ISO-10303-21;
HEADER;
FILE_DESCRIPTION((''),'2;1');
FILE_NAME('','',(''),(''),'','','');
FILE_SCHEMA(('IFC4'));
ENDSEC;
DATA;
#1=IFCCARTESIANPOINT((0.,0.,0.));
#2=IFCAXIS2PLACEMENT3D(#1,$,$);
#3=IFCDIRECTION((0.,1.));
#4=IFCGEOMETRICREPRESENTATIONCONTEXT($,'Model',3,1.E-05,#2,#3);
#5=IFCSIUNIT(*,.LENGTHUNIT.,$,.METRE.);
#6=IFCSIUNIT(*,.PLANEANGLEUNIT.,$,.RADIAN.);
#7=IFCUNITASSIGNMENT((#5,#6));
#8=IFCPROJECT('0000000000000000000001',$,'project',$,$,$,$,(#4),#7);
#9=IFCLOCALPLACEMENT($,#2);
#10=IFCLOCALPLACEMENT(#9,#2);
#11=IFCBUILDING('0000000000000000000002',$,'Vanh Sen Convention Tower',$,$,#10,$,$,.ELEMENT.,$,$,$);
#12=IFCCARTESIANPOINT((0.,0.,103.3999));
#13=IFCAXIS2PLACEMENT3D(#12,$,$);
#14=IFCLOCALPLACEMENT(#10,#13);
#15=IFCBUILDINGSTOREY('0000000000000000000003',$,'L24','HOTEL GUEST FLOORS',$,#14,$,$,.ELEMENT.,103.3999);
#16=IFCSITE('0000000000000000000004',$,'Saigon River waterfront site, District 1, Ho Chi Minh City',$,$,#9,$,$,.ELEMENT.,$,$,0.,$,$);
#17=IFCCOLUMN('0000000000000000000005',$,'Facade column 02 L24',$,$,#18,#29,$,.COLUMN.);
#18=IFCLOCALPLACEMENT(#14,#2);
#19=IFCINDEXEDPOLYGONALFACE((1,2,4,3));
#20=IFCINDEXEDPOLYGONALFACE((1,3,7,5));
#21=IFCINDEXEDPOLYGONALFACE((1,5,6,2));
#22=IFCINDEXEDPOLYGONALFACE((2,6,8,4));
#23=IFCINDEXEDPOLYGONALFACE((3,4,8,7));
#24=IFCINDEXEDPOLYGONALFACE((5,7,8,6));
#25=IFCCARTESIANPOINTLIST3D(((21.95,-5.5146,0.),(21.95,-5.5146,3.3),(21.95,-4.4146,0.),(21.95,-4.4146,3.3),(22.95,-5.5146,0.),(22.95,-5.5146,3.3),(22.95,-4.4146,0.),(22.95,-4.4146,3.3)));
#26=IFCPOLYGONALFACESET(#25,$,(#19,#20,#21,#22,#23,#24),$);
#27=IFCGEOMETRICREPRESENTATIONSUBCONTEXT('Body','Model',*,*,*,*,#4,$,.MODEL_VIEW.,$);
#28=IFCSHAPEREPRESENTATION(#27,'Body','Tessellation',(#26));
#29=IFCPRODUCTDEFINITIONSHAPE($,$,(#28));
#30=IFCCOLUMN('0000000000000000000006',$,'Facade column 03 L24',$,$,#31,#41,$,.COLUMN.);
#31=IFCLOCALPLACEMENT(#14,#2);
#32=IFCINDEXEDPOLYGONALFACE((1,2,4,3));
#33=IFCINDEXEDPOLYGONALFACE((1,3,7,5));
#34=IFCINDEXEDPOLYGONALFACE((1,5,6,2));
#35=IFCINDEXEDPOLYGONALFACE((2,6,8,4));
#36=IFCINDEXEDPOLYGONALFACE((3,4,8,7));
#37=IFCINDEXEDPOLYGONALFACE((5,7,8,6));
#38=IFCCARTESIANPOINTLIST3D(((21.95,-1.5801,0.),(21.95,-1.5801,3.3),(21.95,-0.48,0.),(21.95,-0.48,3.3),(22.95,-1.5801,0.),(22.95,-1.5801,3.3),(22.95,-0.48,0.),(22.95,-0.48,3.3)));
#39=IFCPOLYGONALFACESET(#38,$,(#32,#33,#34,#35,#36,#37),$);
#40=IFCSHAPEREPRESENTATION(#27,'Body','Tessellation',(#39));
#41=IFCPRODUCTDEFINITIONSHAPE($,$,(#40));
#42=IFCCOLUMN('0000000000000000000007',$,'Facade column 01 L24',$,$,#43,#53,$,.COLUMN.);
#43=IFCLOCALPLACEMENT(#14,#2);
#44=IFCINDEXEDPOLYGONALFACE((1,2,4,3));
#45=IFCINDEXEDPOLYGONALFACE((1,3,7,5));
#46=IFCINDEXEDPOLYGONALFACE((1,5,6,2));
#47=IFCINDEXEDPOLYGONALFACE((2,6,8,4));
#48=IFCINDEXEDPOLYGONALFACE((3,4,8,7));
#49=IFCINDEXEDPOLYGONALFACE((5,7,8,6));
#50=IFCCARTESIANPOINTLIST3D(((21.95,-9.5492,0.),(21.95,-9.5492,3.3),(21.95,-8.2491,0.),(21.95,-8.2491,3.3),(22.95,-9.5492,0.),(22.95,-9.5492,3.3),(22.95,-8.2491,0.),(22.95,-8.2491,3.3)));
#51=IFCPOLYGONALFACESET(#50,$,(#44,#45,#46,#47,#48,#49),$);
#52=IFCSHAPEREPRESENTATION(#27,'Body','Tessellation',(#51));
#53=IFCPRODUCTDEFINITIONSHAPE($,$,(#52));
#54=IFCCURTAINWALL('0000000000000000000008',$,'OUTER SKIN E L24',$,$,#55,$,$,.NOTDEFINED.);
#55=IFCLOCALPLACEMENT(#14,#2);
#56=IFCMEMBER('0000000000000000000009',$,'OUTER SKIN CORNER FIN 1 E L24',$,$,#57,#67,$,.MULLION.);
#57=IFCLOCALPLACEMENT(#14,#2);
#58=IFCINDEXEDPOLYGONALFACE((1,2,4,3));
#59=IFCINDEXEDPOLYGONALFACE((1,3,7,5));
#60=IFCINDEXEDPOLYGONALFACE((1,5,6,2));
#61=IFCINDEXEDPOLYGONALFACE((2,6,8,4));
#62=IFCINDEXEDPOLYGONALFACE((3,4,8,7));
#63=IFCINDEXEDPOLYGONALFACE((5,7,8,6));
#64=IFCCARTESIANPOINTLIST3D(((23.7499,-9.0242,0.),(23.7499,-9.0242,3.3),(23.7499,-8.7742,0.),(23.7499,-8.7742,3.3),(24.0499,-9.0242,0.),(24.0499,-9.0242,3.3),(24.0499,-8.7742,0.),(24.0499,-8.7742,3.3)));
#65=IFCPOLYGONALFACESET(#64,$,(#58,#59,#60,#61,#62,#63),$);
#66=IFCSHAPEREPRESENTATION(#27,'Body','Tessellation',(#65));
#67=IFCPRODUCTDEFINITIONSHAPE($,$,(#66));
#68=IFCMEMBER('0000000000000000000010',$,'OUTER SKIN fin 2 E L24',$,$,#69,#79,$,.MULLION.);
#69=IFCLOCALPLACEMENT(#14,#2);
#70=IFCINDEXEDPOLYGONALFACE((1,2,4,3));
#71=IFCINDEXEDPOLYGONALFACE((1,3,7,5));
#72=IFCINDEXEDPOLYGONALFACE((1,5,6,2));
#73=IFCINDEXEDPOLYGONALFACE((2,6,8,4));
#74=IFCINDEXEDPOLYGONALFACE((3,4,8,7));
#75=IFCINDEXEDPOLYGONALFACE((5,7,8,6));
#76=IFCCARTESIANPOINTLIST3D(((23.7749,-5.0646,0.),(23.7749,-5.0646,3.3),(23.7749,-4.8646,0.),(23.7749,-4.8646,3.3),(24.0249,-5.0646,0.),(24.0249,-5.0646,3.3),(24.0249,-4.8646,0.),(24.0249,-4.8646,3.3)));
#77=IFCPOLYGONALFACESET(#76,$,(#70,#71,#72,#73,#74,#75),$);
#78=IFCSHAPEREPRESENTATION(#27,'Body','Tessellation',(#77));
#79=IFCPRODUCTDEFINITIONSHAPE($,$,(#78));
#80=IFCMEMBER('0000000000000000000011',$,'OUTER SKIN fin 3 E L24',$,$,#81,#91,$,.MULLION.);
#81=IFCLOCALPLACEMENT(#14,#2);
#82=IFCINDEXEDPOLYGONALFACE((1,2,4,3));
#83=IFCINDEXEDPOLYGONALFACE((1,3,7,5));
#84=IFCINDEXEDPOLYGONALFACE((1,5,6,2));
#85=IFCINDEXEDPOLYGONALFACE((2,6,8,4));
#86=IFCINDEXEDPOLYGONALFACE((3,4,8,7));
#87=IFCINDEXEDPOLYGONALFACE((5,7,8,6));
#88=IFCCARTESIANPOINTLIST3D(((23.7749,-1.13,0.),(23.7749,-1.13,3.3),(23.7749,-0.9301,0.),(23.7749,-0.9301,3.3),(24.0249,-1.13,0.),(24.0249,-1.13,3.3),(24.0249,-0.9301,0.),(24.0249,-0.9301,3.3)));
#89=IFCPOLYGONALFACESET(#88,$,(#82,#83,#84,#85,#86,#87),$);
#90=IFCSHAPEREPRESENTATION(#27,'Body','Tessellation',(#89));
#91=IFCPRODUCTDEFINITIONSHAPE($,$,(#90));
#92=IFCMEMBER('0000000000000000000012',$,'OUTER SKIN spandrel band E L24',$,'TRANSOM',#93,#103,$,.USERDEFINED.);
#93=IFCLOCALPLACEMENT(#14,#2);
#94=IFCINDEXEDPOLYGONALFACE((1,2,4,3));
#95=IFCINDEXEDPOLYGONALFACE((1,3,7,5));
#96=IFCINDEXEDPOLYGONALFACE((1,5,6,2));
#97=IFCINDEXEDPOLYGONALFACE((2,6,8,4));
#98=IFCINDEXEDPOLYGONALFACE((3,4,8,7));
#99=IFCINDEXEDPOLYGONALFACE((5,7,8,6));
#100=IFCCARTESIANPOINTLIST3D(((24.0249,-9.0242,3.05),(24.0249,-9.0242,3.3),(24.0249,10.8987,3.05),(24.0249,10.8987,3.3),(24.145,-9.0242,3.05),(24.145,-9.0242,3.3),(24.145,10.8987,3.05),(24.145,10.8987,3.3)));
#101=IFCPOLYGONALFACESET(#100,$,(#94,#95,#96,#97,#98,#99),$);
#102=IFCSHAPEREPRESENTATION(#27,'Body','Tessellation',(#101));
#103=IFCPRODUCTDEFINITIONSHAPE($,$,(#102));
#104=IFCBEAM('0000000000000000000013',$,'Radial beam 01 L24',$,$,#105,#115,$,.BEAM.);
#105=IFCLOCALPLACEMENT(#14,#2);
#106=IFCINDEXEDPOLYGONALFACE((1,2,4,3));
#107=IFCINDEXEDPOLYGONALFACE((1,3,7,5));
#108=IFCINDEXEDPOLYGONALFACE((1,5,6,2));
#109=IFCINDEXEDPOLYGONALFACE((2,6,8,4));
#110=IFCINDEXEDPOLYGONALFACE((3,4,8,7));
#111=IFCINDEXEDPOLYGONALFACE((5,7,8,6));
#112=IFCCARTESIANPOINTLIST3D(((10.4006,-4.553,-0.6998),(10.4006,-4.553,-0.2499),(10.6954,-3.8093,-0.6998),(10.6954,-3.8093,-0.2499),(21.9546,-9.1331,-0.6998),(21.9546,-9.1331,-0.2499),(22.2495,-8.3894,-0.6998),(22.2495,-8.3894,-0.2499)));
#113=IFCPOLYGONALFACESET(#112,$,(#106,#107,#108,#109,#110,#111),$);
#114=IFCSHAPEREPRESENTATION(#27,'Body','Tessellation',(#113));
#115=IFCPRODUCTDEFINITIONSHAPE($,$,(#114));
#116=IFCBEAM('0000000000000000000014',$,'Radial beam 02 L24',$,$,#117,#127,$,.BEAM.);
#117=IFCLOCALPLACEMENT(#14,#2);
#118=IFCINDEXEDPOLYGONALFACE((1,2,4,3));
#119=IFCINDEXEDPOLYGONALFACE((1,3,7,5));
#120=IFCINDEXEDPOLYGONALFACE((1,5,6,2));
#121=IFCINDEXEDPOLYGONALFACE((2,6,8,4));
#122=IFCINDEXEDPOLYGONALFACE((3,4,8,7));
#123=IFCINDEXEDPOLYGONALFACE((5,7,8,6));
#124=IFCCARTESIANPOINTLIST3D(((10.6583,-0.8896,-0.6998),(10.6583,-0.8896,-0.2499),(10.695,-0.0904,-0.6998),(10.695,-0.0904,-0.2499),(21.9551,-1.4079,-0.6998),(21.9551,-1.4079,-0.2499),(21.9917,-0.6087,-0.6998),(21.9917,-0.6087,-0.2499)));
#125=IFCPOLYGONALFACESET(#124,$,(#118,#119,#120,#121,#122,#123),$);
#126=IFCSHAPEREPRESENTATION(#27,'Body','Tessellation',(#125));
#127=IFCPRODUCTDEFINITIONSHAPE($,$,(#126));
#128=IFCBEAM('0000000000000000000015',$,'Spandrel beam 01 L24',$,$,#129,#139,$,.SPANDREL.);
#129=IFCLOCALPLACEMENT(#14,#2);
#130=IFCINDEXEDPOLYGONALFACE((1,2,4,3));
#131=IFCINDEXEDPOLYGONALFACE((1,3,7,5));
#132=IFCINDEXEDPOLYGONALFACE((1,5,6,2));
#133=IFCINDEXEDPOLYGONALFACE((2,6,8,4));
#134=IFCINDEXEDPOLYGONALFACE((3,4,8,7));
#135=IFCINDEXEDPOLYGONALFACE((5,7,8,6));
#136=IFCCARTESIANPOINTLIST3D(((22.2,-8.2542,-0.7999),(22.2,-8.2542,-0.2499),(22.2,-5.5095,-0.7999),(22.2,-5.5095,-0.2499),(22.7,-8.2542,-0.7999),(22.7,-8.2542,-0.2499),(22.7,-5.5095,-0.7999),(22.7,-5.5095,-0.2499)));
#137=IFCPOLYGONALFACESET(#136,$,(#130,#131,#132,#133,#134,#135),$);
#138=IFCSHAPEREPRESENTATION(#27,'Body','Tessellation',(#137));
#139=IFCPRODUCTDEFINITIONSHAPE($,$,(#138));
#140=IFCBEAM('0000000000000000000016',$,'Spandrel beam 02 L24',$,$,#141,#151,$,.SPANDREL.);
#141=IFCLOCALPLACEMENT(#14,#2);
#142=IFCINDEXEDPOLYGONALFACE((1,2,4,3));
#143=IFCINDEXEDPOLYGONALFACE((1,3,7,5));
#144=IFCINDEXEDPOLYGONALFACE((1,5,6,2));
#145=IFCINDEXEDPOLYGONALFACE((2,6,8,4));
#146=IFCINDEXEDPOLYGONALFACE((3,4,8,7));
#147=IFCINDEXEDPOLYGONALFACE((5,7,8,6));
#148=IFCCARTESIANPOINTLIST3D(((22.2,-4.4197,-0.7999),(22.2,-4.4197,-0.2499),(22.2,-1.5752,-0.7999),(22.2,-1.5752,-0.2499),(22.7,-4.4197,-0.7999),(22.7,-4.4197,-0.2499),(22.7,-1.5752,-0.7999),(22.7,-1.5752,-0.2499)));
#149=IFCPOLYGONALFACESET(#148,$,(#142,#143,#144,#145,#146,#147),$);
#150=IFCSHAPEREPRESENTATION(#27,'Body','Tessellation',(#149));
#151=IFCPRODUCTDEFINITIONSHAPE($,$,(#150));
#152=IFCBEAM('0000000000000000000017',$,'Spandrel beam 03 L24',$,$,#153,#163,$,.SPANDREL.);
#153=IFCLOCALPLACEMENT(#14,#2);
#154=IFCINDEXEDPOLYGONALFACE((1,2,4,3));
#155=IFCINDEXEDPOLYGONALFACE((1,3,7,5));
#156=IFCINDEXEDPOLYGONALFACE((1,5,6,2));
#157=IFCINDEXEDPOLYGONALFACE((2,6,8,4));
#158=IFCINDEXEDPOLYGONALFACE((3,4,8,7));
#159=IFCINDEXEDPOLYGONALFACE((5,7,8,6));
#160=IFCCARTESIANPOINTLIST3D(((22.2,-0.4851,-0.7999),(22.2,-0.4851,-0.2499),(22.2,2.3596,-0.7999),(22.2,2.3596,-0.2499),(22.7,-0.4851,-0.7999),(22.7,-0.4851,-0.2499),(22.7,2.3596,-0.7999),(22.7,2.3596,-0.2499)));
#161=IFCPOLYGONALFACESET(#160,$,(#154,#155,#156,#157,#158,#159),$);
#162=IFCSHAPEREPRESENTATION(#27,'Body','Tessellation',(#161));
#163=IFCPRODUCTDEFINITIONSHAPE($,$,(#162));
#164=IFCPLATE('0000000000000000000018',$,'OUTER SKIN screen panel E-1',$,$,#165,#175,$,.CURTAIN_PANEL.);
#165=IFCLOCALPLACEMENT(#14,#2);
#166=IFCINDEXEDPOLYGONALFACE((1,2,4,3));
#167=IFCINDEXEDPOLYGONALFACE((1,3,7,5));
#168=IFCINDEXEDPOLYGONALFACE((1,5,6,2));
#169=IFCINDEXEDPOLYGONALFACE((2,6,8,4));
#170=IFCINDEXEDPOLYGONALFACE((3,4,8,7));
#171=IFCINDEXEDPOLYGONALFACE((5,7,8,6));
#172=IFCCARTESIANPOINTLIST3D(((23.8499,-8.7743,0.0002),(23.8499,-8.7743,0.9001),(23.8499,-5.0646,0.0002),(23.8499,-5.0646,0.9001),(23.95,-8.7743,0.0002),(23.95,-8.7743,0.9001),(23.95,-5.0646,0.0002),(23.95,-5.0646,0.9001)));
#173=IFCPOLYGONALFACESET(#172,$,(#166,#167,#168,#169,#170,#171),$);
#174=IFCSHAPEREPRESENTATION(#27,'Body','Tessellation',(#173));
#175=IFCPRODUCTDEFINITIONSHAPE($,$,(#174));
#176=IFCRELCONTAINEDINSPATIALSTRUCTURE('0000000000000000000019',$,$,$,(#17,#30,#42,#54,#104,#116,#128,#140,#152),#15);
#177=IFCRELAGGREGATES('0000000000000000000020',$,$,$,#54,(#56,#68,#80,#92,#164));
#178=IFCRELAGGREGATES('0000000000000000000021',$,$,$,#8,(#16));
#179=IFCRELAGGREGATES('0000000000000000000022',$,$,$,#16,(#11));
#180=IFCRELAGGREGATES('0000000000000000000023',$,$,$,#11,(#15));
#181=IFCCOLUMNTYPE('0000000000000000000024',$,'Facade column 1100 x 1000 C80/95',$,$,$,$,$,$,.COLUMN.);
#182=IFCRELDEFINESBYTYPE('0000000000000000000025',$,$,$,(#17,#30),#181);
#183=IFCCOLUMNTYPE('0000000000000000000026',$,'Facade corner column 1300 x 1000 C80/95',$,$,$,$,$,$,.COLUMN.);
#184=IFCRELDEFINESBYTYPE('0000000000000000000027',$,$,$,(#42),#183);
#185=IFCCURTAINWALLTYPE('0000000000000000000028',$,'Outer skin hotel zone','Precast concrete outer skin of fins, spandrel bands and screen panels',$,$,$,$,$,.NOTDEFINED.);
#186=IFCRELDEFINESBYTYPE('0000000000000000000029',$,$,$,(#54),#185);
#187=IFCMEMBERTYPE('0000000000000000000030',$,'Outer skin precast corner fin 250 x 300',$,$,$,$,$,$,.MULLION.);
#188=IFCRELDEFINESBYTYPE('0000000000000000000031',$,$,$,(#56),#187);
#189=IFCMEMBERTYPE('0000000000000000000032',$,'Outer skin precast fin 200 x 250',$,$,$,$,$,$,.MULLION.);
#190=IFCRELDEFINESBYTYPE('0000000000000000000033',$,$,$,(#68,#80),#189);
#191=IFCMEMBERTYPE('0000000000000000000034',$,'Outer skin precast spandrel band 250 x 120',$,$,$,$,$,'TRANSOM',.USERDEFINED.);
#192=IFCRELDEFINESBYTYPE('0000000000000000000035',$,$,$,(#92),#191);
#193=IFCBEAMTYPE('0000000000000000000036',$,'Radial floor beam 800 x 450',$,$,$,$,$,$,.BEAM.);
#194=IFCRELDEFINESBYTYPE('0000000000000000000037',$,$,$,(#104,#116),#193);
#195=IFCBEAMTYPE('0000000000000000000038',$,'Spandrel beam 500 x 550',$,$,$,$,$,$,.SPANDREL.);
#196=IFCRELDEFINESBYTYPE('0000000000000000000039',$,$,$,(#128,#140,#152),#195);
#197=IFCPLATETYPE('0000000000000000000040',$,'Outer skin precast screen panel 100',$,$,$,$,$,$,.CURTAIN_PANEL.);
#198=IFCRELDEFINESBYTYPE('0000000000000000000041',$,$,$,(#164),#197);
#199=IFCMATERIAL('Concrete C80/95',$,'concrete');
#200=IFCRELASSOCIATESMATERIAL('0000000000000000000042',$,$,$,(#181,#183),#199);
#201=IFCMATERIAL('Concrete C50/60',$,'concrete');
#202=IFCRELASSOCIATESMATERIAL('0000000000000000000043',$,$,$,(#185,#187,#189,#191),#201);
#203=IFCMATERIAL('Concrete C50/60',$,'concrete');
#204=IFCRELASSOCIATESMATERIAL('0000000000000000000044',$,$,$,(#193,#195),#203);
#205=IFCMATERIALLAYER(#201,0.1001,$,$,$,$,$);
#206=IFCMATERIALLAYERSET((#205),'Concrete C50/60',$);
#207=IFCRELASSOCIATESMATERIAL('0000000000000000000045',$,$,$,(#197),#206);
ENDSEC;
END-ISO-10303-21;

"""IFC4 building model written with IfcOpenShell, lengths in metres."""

from ifc_helpers import new_model, si_unit, direction, frame, origin, origin_2d, place, context, subcontext, project, spatial, rectangle, extrude, material, layer, layer_set, material_profile, profile_set, type_object, element, aggregate, save


model = new_model("IFC4")

# Units and contexts
model_context = context("Model", 3, precision=1e-05, world=origin(), true_north=direction((0.0, 1.0)))
body_context = subcontext(model_context, "Body", "Model", "MODEL_VIEW")
ifc_project = project(units=[si_unit("LENGTHUNIT", "METRE"), si_unit("PLANEANGLEUNIT", "RADIAN")], contexts=[model_context])

# Site, building, storey
site_placement = place(None, origin())
site = spatial("IfcSite", under=ifc_project, at=site_placement, Name="Saigon River waterfront site, District 1, Ho Chi Minh City", CompositionType="ELEMENT", RefElevation=0.0)
building_placement = place(site_placement, origin())
building = spatial("IfcBuilding", under=site, at=building_placement, Name="Vanh Sen Convention Tower", CompositionType="ELEMENT")
storey_placement = place(building_placement, frame((0.0, 0.0, 103.3999)))
storey = spatial("IfcBuildingStorey", under=building, at=storey_placement, Name="L24", Description="HOTEL GUEST FLOORS", CompositionType="ELEMENT", Elevation=103.3999)

# Columns
ifc_material_1 = material(Name="Concrete C80/95", Category="concrete")
ifc_material_profile_1 = material_profile(ifc_material_1, rectangle(XDim=1.1001, YDim=1.0, at=origin_2d()), Name="RC 1100X1000")
ifc_profile_set_1 = profile_set([ifc_material_profile_1], Name="Concrete C80/95")
column_type_1 = type_object("IfcColumnType", Name="Facade column 1100 x 1000 C80/95", PredefinedType="COLUMN", material=ifc_profile_set_1)
for number, where, z_axis, x_axis, name in (
    (1, (22.45, -4.9646, 0.0), (0.0, 0.0, 1.0), (0.0, 1.0, 0.0), "Facade column 02 L24"),
    (2, (22.45, -1.03, 0.0), (0.0, 0.0, 1.0), (0.0, 1.0, 0.0), "Facade column 03 L24"),
):
    element("IfcColumn", number, at=place(storey_placement, frame(where, z_axis=z_axis, x_axis=x_axis)), inside=storey, type_object=column_type_1, Name=name, PredefinedType="COLUMN", context=body_context, shape_type="SweptSolid", body=[
        extrude(rectangle(XDim=1.1001, YDim=1.0, at=origin_2d()), origin(), (0.0, 0.0, 1.0), 3.3),
    ])
ifc_material_profile_2 = material_profile(ifc_material_1, rectangle(XDim=1.3, YDim=1.0, at=origin_2d()), Name="RC 1300X1000")
ifc_profile_set_2 = profile_set([ifc_material_profile_2], Name="Concrete C80/95")
column_type_2 = type_object("IfcColumnType", Name="Facade corner column 1300 x 1000 C80/95", PredefinedType="COLUMN", material=ifc_profile_set_2)
column_placement = place(storey_placement, frame((22.45, -8.8992, 0.0), z_axis=(0.0, 0.0, 1.0), x_axis=(0.0, 1.0, 0.0)))
element("IfcColumn", 3, at=column_placement, inside=storey, type_object=column_type_2, Name="Facade column 01 L24", PredefinedType="COLUMN", context=body_context, shape_type="SweptSolid", body=[
    extrude(rectangle(XDim=1.3, YDim=1.0, at=origin_2d()), origin(), (0.0, 0.0, 1.0), 3.3),
])

# Curtain wall, members
ifc_material_2 = material(Name="Concrete C50/60", Category="concrete")
curtain_wall_type = type_object("IfcCurtainWallType", Name="Outer skin hotel zone", Description="Precast concrete outer skin of fins, spandrel bands and screen panels", PredefinedType="NOTDEFINED", material=ifc_material_2)
curtain_wall_placement = place(storey_placement, origin())
curtain_wall = element("IfcCurtainWall", 4, at=curtain_wall_placement, inside=storey, type_object=curtain_wall_type, Name="OUTER SKIN E L24", PredefinedType="NOTDEFINED")
ifc_material_profile_3 = material_profile(ifc_material_2, rectangle(XDim=0.25, YDim=0.3, at=origin_2d()), Name="Outer skin precast corner fin 250 x 300")
ifc_profile_set_3 = profile_set([ifc_material_profile_3], Name="Concrete C50/60")
member_type_1 = type_object("IfcMemberType", Name="Outer skin precast corner fin 250 x 300", PredefinedType="MULLION", material=ifc_profile_set_3)
member_1_placement = place(storey_placement, frame((23.8999, -8.8992, 0.0), z_axis=(0.0, 0.0, 1.0), x_axis=(0.0, 1.0, 0.0)))
member_1 = element("IfcMember", 5, at=member_1_placement, type_object=member_type_1, Name="OUTER SKIN CORNER FIN 1 E L24", PredefinedType="MULLION", context=body_context, shape_type="SweptSolid", body=[
    extrude(rectangle(XDim=0.25, YDim=0.3, at=origin_2d()), origin(), (0.0, 0.0, 1.0), 3.3),
])
ifc_material_profile_4 = material_profile(ifc_material_2, rectangle(XDim=0.2, YDim=0.25, at=origin_2d()), Name="Outer skin precast fin 200 x 250")
ifc_profile_set_4 = profile_set([ifc_material_profile_4], Name="Concrete C50/60")
member_type_2 = type_object("IfcMemberType", Name="Outer skin precast fin 200 x 250", PredefinedType="MULLION", material=ifc_profile_set_4)
member_2_placement = place(storey_placement, frame((23.8999, -4.9646, 0.0), z_axis=(0.0, 0.0, 1.0), x_axis=(0.0, 1.0, 0.0)))
member_2 = element("IfcMember", 6, at=member_2_placement, type_object=member_type_2, Name="OUTER SKIN fin 2 E L24", PredefinedType="MULLION", context=body_context, shape_type="SweptSolid", body=[
    extrude(rectangle(XDim=0.2, YDim=0.25, at=origin_2d()), origin(), (0.0, 0.0, 1.0), 3.3),
])
member_3_placement = place(storey_placement, frame((23.8999, -1.03, 0.0), z_axis=(0.0, 0.0, 1.0), x_axis=(0.0, 1.0, 0.0)))
member_3 = element("IfcMember", 7, at=member_3_placement, type_object=member_type_2, Name="OUTER SKIN fin 3 E L24", PredefinedType="MULLION", context=body_context, shape_type="SweptSolid", body=[
    extrude(rectangle(XDim=0.2, YDim=0.25, at=origin_2d()), origin(), (0.0, 0.0, 1.0), 3.3),
])
ifc_material_profile_5 = material_profile(ifc_material_2, rectangle(XDim=0.1201, YDim=0.25, at=origin_2d()), Name="Outer skin precast spandrel band 250 x 120")
ifc_profile_set_5 = profile_set([ifc_material_profile_5], Name="Concrete C50/60")
member_type_3 = type_object("IfcMemberType", Name="Outer skin precast spandrel band 250 x 120", ElementType="TRANSOM", PredefinedType="USERDEFINED", material=ifc_profile_set_5)
member_4_placement = place(storey_placement, frame((24.085, -9.0242, 3.175), z_axis=(0.0, 1.0, 0.0), x_axis=(-1.0, 0.0, 0.0)))
member_4 = element("IfcMember", 8, at=member_4_placement, type_object=member_type_3, Name="OUTER SKIN spandrel band E L24", ObjectType="TRANSOM", PredefinedType="USERDEFINED", context=body_context, shape_type="SweptSolid", body=[
    extrude(rectangle(XDim=0.1201, YDim=0.25, at=origin_2d()), origin(), (0.0, 0.0, 1.0), 19.9229),
])

# Beams
ifc_material_3 = material(Name="Concrete C50/60", Category="concrete")
ifc_material_profile_6 = material_profile(ifc_material_3, rectangle(XDim=0.8, YDim=0.45, at=origin_2d()), Name="RC 800X450")
ifc_profile_set_6 = profile_set([ifc_material_profile_6], Name="Concrete C50/60")
beam_type_1 = type_object("IfcBeamType", Name="Radial floor beam 800 x 450", PredefinedType="BEAM", material=ifc_profile_set_6)
beam_1_placement = place(storey_placement, frame((22.1021, -8.7612, -0.4749), z_axis=(-0.929624, 0.36851, 0.0), x_axis=(-0.36851, -0.929624, 0.0)))
element("IfcBeam", 9, at=beam_1_placement, inside=storey, type_object=beam_type_1, Name="Radial beam 01 L24", PredefinedType="BEAM", context=body_context, shape_type="SweptSolid", body=[
    extrude(rectangle(XDim=0.8, YDim=0.45, at=origin_2d()), origin(), (0.0, 0.0, 1.0), 12.4287),
])
beam_2_placement = place(storey_placement, frame((21.9734, -1.0083, -0.4749), z_axis=(-0.998949, 0.045834, 0.0), x_axis=(-0.045834, -0.998949, 0.0)))
element("IfcBeam", 10, at=beam_2_placement, inside=storey, type_object=beam_type_1, Name="Radial beam 02 L24", PredefinedType="BEAM", context=body_context, shape_type="SweptSolid", body=[
    extrude(rectangle(XDim=0.8, YDim=0.45, at=origin_2d()), origin(), (0.0, 0.0, 1.0), 11.3086),
])
ifc_material_profile_7 = material_profile(ifc_material_3, rectangle(XDim=0.5, YDim=0.55, at=origin_2d()), Name="RC 500X550")
ifc_profile_set_7 = profile_set([ifc_material_profile_7], Name="Concrete C50/60")
beam_type_2 = type_object("IfcBeamType", Name="Spandrel beam 500 x 550", PredefinedType="SPANDREL", material=ifc_profile_set_7)
beam_3_placement = place(storey_placement, frame((22.45, -8.2542, -0.5249), z_axis=(0.0, 1.0, 0.0), x_axis=(-1.0, 0.0, 0.0)))
element("IfcBeam", 11, at=beam_3_placement, inside=storey, type_object=beam_type_2, Name="Spandrel beam 01 L24", PredefinedType="SPANDREL", context=body_context, shape_type="SweptSolid", body=[
    extrude(rectangle(XDim=0.5, YDim=0.55, at=origin_2d()), origin(), (0.0, 0.0, 1.0), 2.7446),
])
beam_4_placement = place(storey_placement, frame((22.45, -4.4197, -0.5249), z_axis=(0.0, 1.0, 0.0), x_axis=(-1.0, 0.0, 0.0)))
element("IfcBeam", 12, at=beam_4_placement, inside=storey, type_object=beam_type_2, Name="Spandrel beam 02 L24", PredefinedType="SPANDREL", context=body_context, shape_type="SweptSolid", body=[
    extrude(rectangle(XDim=0.5, YDim=0.55, at=origin_2d()), origin(), (0.0, 0.0, 1.0), 2.8445),
])
beam_5_placement = place(storey_placement, frame((22.45, -0.4851, -0.5249), z_axis=(0.0, 1.0, 0.0), x_axis=(-1.0, 0.0, 0.0)))
element("IfcBeam", 13, at=beam_5_placement, inside=storey, type_object=beam_type_2, Name="Spandrel beam 03 L24", PredefinedType="SPANDREL", context=body_context, shape_type="SweptSolid", body=[
    extrude(rectangle(XDim=0.5, YDim=0.55, at=origin_2d()), origin(), (0.0, 0.0, 1.0), 2.8447),
])

# Plate
ifc_layer_1 = layer(ifc_material_2, 0.1001)
ifc_layer_set_1 = layer_set([ifc_layer_1], Name="Concrete C50/60")
plate_type = type_object("IfcPlateType", Name="Outer skin precast screen panel 100", PredefinedType="CURTAIN_PANEL", material=ifc_layer_set_1)
plate_1_placement = place(storey_placement, frame((23.8999, -6.9194, 0.0002), z_axis=(0.0, 0.0, 1.0), x_axis=(0.0, 1.0, 0.0)))
plate_1 = element("IfcPlate", 14, at=plate_1_placement, type_object=plate_type, Name="OUTER SKIN screen panel E-1", PredefinedType="CURTAIN_PANEL", context=body_context, shape_type="SweptSolid", body=[
    extrude(rectangle(XDim=3.7097, YDim=0.1001, at=origin_2d()), origin(), (0.0, 0.0, 1.0), 0.8999),
])
aggregate(curtain_wall, [member_1, member_2, member_3, member_4, plate_1])

save(model, "model.ifc")
